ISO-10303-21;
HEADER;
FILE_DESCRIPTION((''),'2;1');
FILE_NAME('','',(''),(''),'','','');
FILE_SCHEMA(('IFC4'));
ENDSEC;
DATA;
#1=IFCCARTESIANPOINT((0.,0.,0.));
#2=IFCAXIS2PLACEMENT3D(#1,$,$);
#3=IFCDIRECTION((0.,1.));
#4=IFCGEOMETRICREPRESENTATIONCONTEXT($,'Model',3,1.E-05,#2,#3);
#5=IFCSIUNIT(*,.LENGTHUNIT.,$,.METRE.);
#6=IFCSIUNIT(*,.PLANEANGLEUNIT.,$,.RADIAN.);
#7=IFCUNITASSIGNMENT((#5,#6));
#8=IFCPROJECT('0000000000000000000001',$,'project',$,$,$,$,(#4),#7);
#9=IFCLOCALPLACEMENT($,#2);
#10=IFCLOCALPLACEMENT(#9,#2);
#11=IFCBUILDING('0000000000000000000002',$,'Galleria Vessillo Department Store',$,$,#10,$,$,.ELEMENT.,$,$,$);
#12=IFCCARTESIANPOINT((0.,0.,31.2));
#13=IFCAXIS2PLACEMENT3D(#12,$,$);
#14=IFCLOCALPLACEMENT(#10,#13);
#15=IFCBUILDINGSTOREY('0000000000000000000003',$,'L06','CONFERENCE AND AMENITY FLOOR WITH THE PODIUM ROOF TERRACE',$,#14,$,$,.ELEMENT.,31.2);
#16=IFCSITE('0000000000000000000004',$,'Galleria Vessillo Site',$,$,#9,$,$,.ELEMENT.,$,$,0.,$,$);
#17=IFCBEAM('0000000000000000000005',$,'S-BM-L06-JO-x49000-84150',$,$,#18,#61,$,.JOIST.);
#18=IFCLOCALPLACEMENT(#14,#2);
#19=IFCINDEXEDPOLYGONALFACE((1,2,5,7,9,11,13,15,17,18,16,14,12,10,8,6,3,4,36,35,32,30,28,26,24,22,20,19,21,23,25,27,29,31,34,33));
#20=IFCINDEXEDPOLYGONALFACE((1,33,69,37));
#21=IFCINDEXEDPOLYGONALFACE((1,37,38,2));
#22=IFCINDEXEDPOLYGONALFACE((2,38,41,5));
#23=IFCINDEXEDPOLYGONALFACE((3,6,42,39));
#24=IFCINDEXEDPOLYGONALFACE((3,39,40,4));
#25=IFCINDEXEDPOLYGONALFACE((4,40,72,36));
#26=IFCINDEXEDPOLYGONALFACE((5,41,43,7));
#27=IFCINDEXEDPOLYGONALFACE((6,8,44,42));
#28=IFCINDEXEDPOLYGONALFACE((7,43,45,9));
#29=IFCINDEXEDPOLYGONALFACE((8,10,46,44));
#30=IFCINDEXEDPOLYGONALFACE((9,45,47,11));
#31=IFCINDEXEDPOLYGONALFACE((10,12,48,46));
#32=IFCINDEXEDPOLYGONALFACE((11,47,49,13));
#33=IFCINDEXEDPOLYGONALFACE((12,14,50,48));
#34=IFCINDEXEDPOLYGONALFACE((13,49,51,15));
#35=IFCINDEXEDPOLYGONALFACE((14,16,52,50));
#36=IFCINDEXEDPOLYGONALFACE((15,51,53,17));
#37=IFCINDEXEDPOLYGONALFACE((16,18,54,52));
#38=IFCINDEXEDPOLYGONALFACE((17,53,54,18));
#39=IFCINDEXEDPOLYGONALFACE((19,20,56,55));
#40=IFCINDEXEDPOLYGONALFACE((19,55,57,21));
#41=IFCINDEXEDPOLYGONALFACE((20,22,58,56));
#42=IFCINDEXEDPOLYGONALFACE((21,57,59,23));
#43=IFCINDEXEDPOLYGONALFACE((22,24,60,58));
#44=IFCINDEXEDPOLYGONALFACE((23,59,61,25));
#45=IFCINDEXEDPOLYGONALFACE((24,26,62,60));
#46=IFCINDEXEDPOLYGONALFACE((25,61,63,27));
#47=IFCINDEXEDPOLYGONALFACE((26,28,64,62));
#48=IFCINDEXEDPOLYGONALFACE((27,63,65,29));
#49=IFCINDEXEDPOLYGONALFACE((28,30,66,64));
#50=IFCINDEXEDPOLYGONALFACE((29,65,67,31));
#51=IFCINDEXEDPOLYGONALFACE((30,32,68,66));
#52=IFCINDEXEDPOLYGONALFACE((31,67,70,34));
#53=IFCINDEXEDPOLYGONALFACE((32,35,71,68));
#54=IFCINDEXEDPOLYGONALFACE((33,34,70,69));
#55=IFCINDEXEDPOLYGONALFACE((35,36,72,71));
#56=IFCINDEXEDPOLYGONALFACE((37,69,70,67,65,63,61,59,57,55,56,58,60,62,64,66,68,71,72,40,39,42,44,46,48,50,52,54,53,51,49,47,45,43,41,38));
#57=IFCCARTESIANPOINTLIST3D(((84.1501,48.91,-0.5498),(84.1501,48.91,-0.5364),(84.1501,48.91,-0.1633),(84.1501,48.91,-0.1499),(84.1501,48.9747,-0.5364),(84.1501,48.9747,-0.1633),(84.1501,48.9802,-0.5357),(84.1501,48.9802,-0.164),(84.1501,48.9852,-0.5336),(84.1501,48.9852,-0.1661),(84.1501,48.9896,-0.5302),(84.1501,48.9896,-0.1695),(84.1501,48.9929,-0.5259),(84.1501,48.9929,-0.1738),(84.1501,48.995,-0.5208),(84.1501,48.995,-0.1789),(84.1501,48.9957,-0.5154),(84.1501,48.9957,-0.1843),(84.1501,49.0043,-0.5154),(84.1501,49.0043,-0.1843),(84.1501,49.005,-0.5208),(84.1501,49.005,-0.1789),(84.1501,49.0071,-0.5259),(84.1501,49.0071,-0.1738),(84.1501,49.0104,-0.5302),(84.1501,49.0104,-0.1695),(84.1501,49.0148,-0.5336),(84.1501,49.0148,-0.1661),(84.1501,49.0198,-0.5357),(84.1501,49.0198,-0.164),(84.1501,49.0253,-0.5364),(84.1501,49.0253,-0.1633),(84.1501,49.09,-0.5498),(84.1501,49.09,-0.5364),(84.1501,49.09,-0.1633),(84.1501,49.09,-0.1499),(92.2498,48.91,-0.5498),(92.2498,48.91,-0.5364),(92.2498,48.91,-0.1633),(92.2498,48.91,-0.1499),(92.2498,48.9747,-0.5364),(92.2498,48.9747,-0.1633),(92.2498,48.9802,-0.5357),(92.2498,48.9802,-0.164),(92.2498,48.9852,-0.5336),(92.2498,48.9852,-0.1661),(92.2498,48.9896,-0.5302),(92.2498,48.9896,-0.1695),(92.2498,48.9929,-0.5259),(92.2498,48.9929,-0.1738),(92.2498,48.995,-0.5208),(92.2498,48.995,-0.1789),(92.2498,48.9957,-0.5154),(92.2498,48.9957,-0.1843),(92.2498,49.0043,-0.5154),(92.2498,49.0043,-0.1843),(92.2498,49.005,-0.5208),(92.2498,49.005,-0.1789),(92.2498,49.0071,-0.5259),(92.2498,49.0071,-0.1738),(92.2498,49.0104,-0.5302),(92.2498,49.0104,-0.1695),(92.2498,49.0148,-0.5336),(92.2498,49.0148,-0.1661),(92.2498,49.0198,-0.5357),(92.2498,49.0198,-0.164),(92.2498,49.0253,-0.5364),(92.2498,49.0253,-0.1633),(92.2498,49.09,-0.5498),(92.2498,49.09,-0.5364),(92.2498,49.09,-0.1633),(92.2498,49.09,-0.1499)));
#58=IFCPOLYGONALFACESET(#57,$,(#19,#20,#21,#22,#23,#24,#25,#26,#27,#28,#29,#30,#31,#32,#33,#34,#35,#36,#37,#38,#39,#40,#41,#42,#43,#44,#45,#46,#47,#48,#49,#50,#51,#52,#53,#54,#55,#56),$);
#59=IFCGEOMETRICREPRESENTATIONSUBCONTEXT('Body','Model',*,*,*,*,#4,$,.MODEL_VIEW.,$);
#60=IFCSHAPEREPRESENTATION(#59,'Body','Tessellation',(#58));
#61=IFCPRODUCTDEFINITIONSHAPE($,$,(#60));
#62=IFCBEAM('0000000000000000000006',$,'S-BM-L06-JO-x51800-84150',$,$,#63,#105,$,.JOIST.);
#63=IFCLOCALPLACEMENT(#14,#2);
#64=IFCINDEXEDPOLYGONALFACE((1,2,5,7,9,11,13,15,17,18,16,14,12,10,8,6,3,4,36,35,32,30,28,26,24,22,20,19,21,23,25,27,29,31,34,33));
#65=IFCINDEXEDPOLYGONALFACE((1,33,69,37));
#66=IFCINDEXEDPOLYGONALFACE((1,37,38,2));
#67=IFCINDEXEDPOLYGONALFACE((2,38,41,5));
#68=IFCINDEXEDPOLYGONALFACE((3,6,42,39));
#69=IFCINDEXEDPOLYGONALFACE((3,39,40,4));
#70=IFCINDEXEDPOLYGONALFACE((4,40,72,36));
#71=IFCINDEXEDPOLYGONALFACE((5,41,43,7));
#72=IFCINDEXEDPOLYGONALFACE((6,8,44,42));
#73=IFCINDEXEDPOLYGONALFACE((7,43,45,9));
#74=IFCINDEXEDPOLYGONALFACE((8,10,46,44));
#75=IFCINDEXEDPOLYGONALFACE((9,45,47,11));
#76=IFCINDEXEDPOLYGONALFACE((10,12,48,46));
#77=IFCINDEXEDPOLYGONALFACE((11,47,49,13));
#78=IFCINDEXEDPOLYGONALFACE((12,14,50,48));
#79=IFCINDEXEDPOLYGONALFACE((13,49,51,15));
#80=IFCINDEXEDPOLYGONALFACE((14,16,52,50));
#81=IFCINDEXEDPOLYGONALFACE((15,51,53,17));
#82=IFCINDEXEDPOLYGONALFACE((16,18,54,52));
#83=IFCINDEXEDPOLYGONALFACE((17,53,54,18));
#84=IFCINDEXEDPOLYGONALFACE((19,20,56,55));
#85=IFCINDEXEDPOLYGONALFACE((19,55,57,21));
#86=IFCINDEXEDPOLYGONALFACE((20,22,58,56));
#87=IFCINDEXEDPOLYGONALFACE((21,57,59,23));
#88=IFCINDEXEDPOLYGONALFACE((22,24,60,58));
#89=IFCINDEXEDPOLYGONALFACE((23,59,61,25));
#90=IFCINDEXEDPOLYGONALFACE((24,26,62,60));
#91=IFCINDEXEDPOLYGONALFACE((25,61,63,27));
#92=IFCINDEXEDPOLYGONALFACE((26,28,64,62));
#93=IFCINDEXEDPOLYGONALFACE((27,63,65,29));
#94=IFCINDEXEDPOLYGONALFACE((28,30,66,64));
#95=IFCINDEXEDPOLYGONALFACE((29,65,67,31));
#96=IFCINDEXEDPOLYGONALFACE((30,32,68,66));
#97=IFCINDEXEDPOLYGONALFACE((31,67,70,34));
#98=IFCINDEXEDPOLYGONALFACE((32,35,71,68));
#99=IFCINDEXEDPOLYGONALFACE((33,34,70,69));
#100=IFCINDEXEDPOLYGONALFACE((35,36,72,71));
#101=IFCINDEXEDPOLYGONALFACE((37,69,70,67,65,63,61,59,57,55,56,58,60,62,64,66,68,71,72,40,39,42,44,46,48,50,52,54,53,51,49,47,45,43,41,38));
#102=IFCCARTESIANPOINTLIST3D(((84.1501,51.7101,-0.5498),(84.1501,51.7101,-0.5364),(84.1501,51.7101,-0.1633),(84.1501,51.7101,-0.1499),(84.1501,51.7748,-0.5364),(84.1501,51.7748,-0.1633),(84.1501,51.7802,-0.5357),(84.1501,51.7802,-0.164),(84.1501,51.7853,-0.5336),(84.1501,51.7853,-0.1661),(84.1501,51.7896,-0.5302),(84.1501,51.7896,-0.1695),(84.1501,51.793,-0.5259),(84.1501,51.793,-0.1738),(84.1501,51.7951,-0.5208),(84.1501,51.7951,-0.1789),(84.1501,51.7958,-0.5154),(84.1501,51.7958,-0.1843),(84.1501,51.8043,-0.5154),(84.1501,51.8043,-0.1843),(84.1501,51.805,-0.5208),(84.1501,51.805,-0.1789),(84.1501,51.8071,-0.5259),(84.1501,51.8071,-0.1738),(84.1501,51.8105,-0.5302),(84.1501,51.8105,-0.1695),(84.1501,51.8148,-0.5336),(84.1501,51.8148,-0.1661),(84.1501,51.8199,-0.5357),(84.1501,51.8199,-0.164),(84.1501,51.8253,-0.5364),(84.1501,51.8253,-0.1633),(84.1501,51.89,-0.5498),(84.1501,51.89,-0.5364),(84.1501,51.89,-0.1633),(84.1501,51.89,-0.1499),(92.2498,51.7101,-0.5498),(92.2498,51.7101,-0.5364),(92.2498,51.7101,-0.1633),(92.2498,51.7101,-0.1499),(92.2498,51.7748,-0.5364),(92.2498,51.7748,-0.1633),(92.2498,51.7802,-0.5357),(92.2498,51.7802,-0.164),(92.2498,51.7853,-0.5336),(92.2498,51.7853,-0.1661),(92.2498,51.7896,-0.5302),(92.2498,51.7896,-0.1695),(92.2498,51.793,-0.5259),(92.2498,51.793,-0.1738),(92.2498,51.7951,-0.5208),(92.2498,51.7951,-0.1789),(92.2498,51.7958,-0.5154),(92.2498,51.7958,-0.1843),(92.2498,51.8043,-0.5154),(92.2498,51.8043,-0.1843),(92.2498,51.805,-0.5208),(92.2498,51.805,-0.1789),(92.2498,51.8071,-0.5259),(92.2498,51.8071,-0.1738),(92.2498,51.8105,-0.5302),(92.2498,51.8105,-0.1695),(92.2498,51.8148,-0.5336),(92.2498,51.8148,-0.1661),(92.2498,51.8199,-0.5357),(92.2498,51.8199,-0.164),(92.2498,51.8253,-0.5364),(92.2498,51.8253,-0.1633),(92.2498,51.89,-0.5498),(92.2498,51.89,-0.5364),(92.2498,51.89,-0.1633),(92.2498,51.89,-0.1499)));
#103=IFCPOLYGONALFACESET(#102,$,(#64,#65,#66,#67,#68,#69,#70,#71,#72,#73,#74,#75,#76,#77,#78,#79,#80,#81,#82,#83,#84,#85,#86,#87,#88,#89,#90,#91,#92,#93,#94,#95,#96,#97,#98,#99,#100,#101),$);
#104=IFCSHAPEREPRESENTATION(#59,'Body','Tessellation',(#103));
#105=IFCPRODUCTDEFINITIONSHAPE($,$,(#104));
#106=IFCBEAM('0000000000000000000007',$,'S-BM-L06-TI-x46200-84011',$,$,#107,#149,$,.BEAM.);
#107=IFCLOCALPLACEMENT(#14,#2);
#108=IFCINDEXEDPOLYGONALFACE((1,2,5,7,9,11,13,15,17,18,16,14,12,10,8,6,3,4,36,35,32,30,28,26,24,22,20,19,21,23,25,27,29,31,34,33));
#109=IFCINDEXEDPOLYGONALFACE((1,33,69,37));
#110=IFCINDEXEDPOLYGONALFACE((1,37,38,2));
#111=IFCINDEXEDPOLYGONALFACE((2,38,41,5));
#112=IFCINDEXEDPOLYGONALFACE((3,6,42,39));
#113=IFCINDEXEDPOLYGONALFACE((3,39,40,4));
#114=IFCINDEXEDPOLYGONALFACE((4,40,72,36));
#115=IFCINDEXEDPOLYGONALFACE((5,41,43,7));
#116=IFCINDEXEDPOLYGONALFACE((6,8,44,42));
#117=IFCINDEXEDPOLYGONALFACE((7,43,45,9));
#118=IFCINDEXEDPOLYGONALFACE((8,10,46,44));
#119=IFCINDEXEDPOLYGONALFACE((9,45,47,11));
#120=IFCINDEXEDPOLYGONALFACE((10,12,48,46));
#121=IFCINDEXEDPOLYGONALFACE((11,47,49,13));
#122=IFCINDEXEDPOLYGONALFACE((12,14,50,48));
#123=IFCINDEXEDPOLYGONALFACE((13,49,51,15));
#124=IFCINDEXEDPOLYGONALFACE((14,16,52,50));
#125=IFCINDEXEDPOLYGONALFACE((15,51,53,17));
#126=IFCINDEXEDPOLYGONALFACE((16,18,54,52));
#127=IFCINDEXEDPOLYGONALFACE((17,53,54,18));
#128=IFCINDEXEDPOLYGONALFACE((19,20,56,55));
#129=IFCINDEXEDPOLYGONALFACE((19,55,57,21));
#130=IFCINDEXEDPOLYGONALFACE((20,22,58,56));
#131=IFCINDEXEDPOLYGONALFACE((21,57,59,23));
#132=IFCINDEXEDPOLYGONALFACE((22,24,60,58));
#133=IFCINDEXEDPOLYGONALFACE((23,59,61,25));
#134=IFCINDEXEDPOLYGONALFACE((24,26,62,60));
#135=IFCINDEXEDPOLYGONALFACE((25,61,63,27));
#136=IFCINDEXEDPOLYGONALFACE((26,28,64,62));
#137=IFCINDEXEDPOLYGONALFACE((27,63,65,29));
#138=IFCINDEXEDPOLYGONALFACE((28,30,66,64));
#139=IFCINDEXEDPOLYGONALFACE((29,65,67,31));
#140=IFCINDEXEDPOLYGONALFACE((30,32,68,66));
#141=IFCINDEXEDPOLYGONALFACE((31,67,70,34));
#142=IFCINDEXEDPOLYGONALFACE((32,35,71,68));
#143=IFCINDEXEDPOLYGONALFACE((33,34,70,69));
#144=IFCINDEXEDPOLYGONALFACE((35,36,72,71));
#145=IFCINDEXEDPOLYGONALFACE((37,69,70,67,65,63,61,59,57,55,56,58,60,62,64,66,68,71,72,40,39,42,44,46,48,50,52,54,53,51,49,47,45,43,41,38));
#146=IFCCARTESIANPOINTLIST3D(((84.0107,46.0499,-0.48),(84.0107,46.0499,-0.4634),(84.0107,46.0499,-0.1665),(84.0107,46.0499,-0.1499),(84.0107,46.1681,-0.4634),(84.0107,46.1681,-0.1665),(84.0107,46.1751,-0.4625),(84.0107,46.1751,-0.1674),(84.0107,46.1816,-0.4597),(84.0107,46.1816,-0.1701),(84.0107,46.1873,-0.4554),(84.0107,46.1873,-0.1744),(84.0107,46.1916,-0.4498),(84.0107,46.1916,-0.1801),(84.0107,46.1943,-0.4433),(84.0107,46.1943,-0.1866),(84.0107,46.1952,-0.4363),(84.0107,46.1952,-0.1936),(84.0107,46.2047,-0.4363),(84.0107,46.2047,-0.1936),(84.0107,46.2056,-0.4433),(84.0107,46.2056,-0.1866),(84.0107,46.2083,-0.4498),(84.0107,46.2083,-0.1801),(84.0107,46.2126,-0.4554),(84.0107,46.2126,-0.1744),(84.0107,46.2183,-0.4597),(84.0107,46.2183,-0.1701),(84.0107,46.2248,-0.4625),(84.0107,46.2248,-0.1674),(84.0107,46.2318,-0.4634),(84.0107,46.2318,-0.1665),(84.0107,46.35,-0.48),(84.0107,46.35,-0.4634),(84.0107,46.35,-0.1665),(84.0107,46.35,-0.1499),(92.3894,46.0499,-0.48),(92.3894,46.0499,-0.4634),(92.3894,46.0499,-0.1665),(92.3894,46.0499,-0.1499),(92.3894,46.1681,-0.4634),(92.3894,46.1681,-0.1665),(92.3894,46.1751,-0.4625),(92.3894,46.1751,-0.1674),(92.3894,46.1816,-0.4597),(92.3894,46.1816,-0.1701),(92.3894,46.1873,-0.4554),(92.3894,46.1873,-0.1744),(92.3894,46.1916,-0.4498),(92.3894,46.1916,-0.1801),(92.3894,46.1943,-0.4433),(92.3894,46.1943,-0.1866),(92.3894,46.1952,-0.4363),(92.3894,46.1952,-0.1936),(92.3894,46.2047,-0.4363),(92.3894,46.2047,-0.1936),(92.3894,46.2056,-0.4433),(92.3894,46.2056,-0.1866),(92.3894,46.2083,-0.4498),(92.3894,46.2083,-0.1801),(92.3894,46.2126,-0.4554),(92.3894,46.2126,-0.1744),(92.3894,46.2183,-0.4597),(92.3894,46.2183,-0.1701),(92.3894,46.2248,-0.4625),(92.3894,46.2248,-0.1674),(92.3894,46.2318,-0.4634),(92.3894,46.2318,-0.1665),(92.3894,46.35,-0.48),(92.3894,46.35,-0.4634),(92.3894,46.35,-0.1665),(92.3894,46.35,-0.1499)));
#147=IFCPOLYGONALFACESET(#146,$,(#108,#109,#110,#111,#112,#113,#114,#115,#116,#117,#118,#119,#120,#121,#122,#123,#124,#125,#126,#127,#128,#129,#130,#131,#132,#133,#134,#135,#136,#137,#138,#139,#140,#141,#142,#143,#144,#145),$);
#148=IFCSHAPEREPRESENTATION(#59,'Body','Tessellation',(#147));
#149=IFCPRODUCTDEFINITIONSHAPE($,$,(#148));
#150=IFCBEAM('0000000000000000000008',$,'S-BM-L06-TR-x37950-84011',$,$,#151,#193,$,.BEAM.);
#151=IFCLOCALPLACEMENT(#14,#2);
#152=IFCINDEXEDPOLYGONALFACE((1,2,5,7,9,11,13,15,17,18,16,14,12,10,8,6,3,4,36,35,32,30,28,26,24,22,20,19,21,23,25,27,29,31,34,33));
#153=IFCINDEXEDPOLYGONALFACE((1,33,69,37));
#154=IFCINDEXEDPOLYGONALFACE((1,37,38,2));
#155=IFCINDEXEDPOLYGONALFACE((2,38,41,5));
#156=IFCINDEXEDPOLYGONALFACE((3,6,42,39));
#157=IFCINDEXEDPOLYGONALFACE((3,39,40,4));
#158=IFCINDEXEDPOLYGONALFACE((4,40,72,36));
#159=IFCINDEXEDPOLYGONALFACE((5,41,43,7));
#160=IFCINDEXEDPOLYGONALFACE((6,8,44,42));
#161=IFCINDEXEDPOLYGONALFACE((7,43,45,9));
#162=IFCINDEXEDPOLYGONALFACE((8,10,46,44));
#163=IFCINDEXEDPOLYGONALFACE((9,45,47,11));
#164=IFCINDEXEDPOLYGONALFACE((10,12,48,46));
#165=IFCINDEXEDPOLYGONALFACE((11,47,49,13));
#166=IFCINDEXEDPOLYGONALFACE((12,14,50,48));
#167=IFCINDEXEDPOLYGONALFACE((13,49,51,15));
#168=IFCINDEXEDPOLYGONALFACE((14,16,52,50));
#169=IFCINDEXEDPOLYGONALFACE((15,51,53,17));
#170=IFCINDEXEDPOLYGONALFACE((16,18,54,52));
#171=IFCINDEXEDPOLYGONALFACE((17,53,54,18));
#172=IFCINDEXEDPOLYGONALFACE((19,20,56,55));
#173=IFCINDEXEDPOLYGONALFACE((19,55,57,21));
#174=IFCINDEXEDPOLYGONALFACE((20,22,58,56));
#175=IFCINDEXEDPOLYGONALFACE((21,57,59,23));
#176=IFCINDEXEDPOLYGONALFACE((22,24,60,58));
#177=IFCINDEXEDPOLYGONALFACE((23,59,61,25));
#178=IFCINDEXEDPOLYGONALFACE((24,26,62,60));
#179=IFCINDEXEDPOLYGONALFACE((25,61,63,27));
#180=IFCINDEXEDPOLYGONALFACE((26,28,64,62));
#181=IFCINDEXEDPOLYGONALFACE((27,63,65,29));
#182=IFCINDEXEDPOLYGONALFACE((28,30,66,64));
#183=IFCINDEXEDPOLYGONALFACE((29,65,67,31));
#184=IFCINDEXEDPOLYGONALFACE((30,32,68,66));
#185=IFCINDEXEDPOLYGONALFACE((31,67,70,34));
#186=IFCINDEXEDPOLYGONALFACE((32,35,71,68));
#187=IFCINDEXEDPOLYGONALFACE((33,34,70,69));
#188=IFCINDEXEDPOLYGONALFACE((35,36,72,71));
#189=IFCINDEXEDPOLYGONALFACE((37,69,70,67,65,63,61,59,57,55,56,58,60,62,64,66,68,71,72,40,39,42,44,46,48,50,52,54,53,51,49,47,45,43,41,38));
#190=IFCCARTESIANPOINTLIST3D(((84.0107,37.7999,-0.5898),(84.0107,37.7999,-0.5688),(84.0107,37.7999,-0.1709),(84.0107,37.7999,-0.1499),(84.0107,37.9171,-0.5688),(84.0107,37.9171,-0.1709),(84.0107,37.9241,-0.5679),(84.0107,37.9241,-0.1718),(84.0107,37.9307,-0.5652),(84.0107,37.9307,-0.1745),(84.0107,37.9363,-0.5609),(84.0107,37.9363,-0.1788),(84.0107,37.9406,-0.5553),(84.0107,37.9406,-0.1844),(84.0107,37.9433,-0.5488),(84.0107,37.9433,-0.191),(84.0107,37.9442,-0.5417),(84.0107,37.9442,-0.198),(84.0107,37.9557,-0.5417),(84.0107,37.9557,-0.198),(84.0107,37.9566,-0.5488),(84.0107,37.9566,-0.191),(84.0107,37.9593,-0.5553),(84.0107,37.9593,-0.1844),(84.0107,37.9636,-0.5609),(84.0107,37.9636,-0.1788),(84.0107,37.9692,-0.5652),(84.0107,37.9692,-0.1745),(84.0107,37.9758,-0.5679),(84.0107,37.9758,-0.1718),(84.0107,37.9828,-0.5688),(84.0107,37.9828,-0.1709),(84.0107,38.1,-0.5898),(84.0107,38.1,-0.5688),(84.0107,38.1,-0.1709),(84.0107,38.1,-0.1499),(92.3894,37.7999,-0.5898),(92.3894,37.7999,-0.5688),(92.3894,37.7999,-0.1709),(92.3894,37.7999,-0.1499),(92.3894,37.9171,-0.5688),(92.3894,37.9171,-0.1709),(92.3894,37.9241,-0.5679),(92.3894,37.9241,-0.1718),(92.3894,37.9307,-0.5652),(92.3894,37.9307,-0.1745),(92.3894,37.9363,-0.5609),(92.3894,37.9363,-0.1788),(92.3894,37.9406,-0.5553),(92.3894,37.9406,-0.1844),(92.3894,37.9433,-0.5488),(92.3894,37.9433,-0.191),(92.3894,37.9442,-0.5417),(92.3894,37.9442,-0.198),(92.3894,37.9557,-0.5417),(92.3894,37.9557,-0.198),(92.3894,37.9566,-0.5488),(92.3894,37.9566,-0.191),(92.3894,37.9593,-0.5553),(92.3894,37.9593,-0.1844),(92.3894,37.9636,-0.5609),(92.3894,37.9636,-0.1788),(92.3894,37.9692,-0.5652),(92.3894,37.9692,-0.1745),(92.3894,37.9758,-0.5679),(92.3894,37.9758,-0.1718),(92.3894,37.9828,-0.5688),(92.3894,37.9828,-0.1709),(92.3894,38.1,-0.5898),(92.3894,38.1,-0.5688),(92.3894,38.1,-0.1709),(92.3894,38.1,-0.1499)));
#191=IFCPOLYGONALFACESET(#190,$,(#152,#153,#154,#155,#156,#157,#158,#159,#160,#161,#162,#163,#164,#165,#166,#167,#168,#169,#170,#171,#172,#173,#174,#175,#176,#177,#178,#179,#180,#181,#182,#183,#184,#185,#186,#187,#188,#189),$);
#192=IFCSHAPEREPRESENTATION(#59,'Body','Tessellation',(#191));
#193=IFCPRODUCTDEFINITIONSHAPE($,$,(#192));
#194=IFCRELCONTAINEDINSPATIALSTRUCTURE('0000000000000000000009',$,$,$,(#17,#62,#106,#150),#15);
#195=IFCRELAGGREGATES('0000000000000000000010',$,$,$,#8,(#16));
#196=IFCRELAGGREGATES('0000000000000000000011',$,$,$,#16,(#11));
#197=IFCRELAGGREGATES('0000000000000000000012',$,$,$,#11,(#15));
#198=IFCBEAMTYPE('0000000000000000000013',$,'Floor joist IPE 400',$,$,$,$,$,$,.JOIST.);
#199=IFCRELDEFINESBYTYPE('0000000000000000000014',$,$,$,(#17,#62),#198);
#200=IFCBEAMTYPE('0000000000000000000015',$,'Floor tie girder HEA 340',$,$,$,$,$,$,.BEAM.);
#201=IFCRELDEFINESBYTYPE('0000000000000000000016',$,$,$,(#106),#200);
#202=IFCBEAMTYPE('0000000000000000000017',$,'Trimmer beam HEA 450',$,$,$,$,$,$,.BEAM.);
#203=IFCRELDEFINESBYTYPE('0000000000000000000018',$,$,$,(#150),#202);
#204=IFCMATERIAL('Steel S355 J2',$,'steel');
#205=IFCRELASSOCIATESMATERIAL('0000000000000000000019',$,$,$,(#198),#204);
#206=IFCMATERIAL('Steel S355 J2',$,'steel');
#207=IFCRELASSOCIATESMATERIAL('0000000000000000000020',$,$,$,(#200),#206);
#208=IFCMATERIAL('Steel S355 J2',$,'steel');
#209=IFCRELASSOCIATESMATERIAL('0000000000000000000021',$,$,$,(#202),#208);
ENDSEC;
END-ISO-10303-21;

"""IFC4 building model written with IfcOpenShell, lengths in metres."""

from ifc_helpers import new_model, si_unit, direction, frame, origin, origin_2d, place, context, subcontext, project, spatial, i_section, extrude, material, material_profile, profile_set, type_object, element, save


model = new_model("IFC4")

# Units and contexts
model_context = context("Model", 3, precision=1e-05, world=origin(), true_north=direction((0.0, 1.0)))
body_context = subcontext(model_context, "Body", "Model", "MODEL_VIEW")
ifc_project = project(units=[si_unit("LENGTHUNIT", "METRE"), si_unit("PLANEANGLEUNIT", "RADIAN")], contexts=[model_context])

# Site, building, storey
site_placement = place(None, origin())
site = spatial("IfcSite", under=ifc_project, at=site_placement, Name="Galleria Vessillo Site", CompositionType="ELEMENT", RefElevation=0.0)
building_placement = place(site_placement, origin())
building = spatial("IfcBuilding", under=site, at=building_placement, Name="Galleria Vessillo Department Store", CompositionType="ELEMENT")
storey_placement = place(building_placement, frame((0.0, 0.0, 31.2)))
storey = spatial("IfcBuildingStorey", under=building, at=storey_placement, Name="L06", Description="CONFERENCE AND AMENITY FLOOR WITH THE PODIUM ROOF TERRACE", CompositionType="ELEMENT", Elevation=31.2)

# Beams
ifc_material_1 = material(Name="Steel S355 J2", Category="steel")
ifc_material_profile_1 = material_profile(ifc_material_1, i_section(OverallWidth=0.1799, OverallDepth=0.3999, WebThickness=0.0085, FlangeThickness=0.0134, FilletRadius=0.021, at=origin_2d()), Name="IPE 400")
ifc_profile_set_1 = profile_set([ifc_material_profile_1], Name="Steel S355 J2")
beam_type_1 = type_object("IfcBeamType", Name="Floor joist IPE 400", PredefinedType="JOIST", material=ifc_profile_set_1)
for number, where, z_axis, x_axis, name in (
    (1, (84.1501, 49.0, -0.3499), (1.0, 0.0, 0.0), (0.0, 1.0, 0.0), "S-BM-L06-JO-x49000-84150"),
    (2, (84.1501, 51.8, -0.3499), (1.0, 0.0, 0.0), (0.0, 1.0, 0.0), "S-BM-L06-JO-x51800-84150"),
):
    element("IfcBeam", number, at=place(storey_placement, frame(where, z_axis=z_axis, x_axis=x_axis)), inside=storey, type_object=beam_type_1, Name=name, PredefinedType="JOIST", context=body_context, shape_type="SweptSolid", body=[
        extrude(i_section(OverallWidth=0.1799, OverallDepth=0.3999, WebThickness=0.0085, FlangeThickness=0.0134, FilletRadius=0.021, at=origin_2d()), origin(), (0.0, 0.0, 1.0), 8.0996),
    ])
ifc_material_2 = material(Name="Steel S355 J2", Category="steel")
ifc_material_profile_2 = material_profile(ifc_material_2, i_section(OverallWidth=0.3, OverallDepth=0.3301, WebThickness=0.0095, FlangeThickness=0.0166, FilletRadius=0.0271, at=origin_2d()), Name="HEA 340")
ifc_profile_set_2 = profile_set([ifc_material_profile_2], Name="Steel S355 J2")
beam_type_2 = type_object("IfcBeamType", Name="Floor tie girder HEA 340", PredefinedType="BEAM", material=ifc_profile_set_2)
beam_1_placement = place(storey_placement, frame((84.0107, 46.2, -0.3149), z_axis=(1.0, 0.0, 0.0), x_axis=(0.0, 1.0, 0.0)))
element("IfcBeam", 3, at=beam_1_placement, inside=storey, type_object=beam_type_2, Name="S-BM-L06-TI-x46200-84011", PredefinedType="BEAM", context=body_context, shape_type="SweptSolid", body=[
    extrude(i_section(OverallWidth=0.3, OverallDepth=0.3301, WebThickness=0.0095, FlangeThickness=0.0166, FilletRadius=0.0271, at=origin_2d()), origin(), (0.0, 0.0, 1.0), 8.3787),
])
ifc_material_3 = material(Name="Steel S355 J2", Category="steel")
ifc_material_profile_3 = material_profile(ifc_material_3, i_section(OverallWidth=0.3, OverallDepth=0.4399, WebThickness=0.0115, FlangeThickness=0.021, FilletRadius=0.0271, at=origin_2d()), Name="HEA 450")
ifc_profile_set_3 = profile_set([ifc_material_profile_3], Name="Steel S355 J2")
beam_type_3 = type_object("IfcBeamType", Name="Trimmer beam HEA 450", PredefinedType="BEAM", material=ifc_profile_set_3)
for number, where, z_axis, x_axis, name in (
    (4, (84.0107, 37.95, -0.3699), (1.0, 0.0, 0.0), (0.0, 1.0, 0.0), "S-BM-L06-TR-x37950-84011"),
):
    element("IfcBeam", number, at=place(storey_placement, frame(where, z_axis=z_axis, x_axis=x_axis)), inside=storey, type_object=beam_type_3, Name=name, PredefinedType="BEAM", context=body_context, shape_type="SweptSolid", body=[
        extrude(i_section(OverallWidth=0.3, OverallDepth=0.4399, WebThickness=0.0115, FlangeThickness=0.021, FilletRadius=0.0271, at=origin_2d()), origin(), (0.0, 0.0, 1.0), 8.3787),
    ])

save(model, "model.ifc")
